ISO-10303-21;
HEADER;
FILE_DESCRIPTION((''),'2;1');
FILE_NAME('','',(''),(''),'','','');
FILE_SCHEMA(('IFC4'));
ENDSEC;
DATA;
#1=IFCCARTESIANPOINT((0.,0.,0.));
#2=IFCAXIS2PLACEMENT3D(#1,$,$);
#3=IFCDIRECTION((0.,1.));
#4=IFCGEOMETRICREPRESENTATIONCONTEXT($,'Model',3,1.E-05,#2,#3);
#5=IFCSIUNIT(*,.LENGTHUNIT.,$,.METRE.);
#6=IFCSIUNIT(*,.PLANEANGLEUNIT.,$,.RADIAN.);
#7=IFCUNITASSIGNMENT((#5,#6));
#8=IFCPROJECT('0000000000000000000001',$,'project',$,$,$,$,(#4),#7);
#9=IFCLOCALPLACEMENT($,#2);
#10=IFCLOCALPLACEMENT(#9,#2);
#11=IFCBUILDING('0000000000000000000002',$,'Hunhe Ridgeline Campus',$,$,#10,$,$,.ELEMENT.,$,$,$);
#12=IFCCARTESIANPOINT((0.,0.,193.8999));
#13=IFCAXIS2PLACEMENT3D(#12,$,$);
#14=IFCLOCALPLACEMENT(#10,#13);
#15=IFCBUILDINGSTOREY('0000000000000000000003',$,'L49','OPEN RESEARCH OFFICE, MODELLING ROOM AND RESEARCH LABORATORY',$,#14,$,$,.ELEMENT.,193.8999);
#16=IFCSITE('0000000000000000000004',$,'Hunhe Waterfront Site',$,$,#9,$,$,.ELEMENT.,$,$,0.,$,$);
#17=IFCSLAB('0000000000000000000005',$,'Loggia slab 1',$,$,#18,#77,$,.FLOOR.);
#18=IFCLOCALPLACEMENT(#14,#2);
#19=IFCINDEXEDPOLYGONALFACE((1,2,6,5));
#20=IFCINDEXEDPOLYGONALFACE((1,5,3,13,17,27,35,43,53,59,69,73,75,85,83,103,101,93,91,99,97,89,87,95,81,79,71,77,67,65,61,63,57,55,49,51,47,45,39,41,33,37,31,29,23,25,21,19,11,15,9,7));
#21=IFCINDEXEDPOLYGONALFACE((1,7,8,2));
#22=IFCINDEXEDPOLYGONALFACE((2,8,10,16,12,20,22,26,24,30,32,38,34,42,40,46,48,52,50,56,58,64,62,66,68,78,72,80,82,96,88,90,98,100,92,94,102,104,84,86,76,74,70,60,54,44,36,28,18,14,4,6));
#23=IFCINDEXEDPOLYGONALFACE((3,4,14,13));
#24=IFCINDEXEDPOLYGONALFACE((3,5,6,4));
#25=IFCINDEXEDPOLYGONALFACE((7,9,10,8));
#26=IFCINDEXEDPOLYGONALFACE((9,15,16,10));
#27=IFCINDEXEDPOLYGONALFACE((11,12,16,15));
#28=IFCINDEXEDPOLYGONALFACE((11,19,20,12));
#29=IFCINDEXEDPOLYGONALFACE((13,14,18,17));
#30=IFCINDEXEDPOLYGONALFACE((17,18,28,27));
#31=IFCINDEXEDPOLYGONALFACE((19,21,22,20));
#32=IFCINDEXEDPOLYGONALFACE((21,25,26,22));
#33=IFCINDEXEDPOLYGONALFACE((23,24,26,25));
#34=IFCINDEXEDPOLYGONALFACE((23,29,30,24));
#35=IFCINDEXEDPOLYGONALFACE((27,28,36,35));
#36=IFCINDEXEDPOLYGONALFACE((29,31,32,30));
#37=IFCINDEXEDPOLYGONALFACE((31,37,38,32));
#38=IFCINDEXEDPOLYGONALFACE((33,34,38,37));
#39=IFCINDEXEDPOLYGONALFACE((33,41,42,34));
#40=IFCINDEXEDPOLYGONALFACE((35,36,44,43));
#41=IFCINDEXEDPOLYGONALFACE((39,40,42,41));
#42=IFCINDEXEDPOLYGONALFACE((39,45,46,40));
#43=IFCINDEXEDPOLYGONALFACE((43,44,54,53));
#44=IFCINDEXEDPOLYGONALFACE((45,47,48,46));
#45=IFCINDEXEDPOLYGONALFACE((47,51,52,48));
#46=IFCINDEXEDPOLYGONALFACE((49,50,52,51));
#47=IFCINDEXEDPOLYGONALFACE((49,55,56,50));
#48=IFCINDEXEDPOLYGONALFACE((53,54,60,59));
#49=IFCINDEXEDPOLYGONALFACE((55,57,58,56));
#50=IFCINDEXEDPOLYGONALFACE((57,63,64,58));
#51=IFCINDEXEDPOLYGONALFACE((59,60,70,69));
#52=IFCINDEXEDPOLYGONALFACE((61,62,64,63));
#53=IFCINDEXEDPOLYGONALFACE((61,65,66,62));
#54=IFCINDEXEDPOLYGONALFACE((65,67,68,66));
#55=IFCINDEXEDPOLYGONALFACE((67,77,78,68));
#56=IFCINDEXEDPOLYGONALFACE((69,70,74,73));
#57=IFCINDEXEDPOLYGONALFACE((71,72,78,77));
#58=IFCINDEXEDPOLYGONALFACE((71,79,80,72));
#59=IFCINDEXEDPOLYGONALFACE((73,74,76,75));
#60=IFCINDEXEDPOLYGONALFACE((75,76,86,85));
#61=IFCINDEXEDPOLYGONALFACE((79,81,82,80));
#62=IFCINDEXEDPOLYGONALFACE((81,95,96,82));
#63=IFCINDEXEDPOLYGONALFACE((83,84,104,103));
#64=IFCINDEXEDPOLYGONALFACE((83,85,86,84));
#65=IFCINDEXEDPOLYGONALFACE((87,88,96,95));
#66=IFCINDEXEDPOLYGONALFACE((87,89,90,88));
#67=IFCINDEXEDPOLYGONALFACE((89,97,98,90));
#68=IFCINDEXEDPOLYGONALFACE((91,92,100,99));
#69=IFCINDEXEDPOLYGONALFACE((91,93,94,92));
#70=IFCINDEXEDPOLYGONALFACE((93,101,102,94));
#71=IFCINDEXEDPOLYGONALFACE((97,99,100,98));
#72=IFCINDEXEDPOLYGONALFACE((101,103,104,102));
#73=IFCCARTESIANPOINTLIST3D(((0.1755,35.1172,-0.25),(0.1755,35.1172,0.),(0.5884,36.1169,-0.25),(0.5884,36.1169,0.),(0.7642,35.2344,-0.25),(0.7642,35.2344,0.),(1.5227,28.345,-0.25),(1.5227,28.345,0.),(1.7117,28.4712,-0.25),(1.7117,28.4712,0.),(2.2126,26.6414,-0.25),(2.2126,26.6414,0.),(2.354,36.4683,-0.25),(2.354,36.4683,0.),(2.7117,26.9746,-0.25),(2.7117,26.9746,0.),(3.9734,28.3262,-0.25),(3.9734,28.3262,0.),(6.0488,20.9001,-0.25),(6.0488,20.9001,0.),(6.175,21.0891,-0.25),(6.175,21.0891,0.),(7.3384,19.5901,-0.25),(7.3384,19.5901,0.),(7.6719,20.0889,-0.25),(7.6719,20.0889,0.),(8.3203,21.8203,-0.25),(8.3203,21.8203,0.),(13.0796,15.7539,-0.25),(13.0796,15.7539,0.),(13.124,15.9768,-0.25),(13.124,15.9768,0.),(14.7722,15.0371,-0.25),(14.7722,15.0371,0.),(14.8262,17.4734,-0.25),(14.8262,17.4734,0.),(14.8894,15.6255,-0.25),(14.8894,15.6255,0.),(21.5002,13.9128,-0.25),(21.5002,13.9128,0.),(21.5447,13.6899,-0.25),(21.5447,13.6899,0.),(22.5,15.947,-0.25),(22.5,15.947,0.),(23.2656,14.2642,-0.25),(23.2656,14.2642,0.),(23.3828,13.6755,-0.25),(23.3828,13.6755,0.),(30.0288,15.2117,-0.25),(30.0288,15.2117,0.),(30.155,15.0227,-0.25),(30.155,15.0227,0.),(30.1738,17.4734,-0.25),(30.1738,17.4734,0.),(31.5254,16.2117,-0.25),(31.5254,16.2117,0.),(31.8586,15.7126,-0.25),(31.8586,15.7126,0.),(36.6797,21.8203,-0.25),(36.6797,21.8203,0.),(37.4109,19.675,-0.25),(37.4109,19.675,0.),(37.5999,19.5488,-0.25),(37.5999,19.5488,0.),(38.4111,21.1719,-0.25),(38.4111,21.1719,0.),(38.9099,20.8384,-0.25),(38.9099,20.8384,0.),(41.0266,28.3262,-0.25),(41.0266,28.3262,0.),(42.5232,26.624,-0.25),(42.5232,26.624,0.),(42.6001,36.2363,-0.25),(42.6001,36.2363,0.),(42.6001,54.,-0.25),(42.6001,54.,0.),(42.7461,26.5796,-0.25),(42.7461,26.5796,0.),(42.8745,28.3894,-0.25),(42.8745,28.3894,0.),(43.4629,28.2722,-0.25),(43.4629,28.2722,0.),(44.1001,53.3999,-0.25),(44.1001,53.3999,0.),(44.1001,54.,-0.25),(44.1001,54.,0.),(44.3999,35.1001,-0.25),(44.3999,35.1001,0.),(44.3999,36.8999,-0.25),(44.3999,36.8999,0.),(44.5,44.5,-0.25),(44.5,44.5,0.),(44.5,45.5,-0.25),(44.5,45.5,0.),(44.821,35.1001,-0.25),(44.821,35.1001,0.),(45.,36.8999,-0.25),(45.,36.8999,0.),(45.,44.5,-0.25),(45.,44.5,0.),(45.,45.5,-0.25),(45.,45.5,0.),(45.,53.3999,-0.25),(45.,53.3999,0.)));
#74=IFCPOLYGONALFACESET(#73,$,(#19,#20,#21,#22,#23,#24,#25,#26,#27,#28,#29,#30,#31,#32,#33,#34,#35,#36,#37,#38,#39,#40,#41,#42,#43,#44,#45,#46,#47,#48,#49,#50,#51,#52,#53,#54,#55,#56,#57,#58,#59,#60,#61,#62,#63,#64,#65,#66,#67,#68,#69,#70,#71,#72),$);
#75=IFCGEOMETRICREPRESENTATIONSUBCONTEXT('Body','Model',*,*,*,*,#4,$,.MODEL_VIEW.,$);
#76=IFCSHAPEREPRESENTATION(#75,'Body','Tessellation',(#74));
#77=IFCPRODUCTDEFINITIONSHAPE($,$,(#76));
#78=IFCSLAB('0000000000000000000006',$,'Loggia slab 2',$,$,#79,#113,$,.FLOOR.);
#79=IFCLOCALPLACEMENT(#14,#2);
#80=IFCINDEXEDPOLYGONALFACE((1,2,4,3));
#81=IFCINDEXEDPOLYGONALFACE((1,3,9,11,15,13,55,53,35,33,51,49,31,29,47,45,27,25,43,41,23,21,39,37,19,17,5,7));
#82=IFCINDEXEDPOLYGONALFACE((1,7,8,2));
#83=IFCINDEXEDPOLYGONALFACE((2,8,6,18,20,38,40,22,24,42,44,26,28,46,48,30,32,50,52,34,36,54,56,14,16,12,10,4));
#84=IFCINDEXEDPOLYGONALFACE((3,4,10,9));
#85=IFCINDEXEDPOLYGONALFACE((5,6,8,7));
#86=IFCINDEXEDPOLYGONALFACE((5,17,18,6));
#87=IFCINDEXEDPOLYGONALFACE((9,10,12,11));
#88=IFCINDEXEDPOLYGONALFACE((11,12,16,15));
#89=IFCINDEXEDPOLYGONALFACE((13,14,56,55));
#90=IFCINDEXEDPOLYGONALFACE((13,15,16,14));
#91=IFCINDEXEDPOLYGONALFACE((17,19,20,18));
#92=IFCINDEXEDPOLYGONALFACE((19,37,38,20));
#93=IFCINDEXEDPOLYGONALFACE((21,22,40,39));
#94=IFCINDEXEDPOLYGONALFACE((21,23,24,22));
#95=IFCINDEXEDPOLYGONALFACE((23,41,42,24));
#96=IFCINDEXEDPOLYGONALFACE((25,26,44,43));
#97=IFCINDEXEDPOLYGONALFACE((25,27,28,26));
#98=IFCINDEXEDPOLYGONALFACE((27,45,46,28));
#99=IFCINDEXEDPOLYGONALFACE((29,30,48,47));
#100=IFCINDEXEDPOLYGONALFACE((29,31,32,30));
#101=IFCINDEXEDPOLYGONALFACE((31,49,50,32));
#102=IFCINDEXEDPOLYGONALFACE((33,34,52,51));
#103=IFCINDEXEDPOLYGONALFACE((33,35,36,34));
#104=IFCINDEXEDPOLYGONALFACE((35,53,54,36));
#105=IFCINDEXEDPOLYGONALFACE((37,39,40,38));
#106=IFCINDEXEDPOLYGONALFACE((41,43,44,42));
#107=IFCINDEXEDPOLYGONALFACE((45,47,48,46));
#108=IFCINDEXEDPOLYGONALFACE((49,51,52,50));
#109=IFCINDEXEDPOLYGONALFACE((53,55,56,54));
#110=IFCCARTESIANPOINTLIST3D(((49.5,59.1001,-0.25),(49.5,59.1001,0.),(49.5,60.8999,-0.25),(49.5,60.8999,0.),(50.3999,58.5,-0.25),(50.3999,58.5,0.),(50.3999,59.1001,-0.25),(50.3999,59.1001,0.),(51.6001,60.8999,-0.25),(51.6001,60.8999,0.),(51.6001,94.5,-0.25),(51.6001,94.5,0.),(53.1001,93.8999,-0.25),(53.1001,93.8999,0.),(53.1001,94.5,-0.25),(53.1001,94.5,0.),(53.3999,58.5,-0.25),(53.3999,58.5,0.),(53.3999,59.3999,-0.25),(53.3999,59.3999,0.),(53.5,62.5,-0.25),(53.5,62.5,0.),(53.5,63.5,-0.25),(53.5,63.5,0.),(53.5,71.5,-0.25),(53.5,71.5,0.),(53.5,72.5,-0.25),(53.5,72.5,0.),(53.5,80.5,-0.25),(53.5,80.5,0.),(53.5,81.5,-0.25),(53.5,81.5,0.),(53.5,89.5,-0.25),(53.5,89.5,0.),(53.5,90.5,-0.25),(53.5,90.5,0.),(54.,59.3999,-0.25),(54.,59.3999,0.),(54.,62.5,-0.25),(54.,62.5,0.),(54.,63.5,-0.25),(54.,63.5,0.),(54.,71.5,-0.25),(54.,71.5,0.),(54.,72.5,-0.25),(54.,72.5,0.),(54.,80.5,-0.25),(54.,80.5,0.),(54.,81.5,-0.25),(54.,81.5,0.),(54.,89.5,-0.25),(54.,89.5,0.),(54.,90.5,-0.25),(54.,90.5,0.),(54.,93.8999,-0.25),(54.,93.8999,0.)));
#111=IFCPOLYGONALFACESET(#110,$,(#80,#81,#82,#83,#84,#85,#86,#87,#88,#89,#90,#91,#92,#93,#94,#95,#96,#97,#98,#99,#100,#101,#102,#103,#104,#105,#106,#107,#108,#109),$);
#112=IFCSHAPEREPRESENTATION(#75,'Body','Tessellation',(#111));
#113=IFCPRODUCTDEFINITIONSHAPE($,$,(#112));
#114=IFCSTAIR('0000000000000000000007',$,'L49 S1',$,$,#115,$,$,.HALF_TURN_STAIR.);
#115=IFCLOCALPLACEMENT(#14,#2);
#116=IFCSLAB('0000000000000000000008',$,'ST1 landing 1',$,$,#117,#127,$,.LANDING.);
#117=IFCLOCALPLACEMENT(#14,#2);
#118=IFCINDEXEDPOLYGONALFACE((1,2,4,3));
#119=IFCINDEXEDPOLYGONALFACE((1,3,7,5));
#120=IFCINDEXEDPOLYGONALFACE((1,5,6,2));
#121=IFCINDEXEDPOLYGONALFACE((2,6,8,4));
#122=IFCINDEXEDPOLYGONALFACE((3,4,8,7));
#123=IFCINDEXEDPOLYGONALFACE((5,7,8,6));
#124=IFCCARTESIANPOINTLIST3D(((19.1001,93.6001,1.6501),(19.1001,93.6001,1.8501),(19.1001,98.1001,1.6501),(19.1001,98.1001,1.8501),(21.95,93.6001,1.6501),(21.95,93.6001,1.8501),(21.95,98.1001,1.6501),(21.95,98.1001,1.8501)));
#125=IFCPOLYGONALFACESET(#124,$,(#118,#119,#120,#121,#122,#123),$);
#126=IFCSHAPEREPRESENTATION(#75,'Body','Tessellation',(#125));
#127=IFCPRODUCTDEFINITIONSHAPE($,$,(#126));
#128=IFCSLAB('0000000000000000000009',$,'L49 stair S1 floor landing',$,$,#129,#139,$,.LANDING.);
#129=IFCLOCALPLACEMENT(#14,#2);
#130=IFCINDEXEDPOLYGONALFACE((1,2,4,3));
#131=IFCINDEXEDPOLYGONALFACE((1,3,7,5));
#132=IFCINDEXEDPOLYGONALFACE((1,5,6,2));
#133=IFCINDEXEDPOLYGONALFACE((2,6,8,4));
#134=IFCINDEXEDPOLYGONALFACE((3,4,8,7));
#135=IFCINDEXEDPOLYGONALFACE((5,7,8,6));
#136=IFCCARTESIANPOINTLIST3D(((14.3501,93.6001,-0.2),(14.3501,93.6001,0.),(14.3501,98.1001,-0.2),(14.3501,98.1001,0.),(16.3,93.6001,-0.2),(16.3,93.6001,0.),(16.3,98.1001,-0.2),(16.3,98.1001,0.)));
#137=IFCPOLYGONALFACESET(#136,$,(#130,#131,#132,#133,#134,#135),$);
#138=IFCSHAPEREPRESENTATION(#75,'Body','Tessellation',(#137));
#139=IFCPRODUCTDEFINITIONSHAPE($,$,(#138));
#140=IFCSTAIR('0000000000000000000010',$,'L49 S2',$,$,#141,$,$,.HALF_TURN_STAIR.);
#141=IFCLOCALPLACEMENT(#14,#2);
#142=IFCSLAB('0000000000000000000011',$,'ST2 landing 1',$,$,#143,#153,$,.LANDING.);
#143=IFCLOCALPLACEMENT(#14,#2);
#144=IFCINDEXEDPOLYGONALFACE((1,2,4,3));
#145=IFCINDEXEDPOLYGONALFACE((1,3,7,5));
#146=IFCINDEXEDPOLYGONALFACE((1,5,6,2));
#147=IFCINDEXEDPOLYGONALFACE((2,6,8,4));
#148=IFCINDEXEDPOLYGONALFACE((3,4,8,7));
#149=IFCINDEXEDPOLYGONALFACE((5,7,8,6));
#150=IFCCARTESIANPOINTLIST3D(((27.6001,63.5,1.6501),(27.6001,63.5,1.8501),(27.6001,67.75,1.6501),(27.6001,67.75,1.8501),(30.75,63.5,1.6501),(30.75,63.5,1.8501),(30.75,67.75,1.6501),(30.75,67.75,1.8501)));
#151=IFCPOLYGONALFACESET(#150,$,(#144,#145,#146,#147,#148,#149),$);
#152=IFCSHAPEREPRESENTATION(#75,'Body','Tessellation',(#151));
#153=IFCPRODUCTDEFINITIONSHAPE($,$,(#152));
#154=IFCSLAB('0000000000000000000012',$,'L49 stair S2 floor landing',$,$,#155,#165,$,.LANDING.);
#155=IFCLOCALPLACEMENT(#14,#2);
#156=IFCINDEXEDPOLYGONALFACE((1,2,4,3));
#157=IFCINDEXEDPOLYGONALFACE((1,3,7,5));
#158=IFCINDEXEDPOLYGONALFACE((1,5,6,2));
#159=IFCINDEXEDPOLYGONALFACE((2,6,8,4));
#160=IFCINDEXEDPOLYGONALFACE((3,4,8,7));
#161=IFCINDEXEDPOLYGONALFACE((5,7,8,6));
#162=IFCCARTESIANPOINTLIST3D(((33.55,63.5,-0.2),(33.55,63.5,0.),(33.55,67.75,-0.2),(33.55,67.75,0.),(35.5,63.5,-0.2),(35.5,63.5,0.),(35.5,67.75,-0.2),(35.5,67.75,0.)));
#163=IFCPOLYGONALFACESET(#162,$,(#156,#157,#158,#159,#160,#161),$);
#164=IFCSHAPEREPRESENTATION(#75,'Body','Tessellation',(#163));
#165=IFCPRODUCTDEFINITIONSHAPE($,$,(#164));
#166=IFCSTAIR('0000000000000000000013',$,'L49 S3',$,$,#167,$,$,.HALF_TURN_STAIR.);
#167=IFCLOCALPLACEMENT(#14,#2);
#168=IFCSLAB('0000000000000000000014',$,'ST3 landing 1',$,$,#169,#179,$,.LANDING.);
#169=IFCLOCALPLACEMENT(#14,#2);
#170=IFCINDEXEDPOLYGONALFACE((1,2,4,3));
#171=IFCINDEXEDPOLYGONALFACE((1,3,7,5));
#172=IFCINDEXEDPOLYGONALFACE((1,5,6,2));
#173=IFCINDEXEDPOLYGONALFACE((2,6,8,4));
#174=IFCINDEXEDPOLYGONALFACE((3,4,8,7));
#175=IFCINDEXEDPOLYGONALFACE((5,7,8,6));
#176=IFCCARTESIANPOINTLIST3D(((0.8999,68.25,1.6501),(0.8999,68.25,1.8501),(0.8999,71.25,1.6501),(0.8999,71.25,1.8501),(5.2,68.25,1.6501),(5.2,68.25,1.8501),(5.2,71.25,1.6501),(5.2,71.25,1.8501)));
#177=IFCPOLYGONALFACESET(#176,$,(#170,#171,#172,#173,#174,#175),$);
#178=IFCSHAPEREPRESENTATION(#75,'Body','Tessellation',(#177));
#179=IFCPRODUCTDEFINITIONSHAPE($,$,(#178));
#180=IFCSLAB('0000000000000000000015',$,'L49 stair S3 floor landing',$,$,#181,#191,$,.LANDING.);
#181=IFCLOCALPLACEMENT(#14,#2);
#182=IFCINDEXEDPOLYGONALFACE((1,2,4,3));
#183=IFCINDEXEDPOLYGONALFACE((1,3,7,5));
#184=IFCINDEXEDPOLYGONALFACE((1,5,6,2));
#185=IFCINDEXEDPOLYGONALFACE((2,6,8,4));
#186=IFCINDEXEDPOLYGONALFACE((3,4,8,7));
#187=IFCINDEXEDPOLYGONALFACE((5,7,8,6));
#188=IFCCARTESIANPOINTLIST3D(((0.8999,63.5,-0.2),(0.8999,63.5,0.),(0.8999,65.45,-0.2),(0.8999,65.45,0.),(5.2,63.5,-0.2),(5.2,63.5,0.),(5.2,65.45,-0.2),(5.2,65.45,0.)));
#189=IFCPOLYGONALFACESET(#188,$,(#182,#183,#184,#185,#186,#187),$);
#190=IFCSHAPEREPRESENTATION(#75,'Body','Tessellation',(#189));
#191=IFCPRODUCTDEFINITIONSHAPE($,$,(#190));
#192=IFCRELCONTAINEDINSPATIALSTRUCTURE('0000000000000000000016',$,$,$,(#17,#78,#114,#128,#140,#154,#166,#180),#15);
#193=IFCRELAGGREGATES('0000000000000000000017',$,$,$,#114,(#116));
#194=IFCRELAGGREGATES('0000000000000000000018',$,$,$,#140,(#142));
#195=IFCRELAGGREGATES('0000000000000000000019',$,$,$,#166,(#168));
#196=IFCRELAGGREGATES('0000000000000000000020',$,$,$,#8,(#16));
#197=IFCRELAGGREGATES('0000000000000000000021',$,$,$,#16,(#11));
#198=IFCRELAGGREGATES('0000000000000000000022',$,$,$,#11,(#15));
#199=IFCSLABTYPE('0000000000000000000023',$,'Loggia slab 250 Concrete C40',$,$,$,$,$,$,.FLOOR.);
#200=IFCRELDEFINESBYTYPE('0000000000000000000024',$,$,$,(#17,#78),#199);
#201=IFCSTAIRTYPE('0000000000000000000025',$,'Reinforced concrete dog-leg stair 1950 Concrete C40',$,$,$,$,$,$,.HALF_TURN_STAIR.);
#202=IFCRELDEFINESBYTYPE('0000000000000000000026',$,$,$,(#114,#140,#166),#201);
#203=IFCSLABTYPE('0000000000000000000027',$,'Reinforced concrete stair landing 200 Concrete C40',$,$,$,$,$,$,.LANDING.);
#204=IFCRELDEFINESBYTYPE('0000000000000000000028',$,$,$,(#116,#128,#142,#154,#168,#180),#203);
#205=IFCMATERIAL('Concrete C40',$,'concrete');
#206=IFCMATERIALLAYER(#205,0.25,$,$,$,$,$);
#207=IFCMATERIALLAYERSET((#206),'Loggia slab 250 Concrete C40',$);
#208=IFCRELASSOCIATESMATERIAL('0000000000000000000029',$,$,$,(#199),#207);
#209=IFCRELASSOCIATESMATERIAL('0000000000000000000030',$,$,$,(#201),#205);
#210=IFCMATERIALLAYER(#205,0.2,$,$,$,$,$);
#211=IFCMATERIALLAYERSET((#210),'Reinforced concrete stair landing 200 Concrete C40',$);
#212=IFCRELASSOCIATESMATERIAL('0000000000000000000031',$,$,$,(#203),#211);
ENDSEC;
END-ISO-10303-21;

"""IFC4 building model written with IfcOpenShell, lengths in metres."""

from ifc_helpers import new_model, si_unit, direction, frame, origin, place, context, subcontext, project, spatial, polyline, outline, extrude, material, layer, layer_set, type_object, element, aggregate, save


model = new_model("IFC4")

# Units and contexts
model_context = context("Model", 3, precision=1e-05, world=origin(), true_north=direction((0.0, 1.0)))
body_context = subcontext(model_context, "Body", "Model", "MODEL_VIEW")
ifc_project = project(units=[si_unit("LENGTHUNIT", "METRE"), si_unit("PLANEANGLEUNIT", "RADIAN")], contexts=[model_context])

# Site, building, storey
site_placement = place(None, origin())
site = spatial("IfcSite", under=ifc_project, at=site_placement, Name="Hunhe Waterfront Site", CompositionType="ELEMENT", RefElevation=0.0)
building_placement = place(site_placement, origin())
building = spatial("IfcBuilding", under=site, at=building_placement, Name="Hunhe Ridgeline Campus", CompositionType="ELEMENT")
storey_placement = place(building_placement, frame((0.0, 0.0, 193.8999)))
storey = spatial("IfcBuildingStorey", under=building, at=storey_placement, Name="L49", Description="OPEN RESEARCH OFFICE, MODELLING ROOM AND RESEARCH LABORATORY", CompositionType="ELEMENT", Elevation=193.8999)

# Slabs
ifc_material_1 = material(Name="Concrete C40", Category="concrete")
ifc_layer_1 = layer(ifc_material_1, 0.25)
ifc_layer_set_1 = layer_set([ifc_layer_1], Name="Loggia slab 250 Concrete C40")
slab_type_1 = type_object("IfcSlabType", Name="Loggia slab 250 Concrete C40", PredefinedType="FLOOR", material=ifc_layer_set_1)
slab_1_placement = place(storey_placement, frame((0.0, 0.0, -0.25)))
element("IfcSlab", 1, at=slab_1_placement, inside=storey, type_object=slab_type_1, Name="Loggia slab 1", PredefinedType="FLOOR", context=body_context, shape_type="SweptSolid", body=[
    extrude(outline(polyline([(30.1738, 17.4734), (22.5, 15.947), (14.8262, 17.4734), (8.3203, 21.8203), (3.9734, 28.3262), (2.354, 36.4683), (0.5884, 36.1169), (0.7642, 35.2344), (0.1755, 35.1172), (1.5227, 28.345), (1.7117, 28.4712), (2.7117, 26.9746), (2.2126, 26.6414), (6.0488, 20.9001), (6.175, 21.0891), (7.6719, 20.0889), (7.3384, 19.5901), (13.0796, 15.7539), (13.124, 15.9768), (14.8894, 15.6255), (14.7722, 15.0371), (21.5447, 13.6899), (21.5002, 13.9128), (23.2656, 14.2642), (23.3828, 13.6755), (30.155, 15.0227), (30.0288, 15.2117), (31.5254, 16.2117), (31.8586, 15.7126), (37.5999, 19.5488), (37.4109, 19.675), (38.4111, 21.1719), (38.9099, 20.8384), (42.7461, 26.5796), (42.5232, 26.624), (42.8745, 28.3894), (43.4629, 28.2722), (44.821, 35.1001), (44.3999, 35.1001), (44.3999, 36.8999), (45.0, 36.8999), (45.0, 44.5), (44.5, 44.5), (44.5, 45.5), (45.0, 45.5), (45.0, 53.3999), (44.1001, 53.3999), (44.1001, 54.0), (42.6001, 54.0), (42.6001, 36.2363), (41.0266, 28.3262), (36.6797, 21.8203), (30.1738, 17.4734)])), origin(), (0.0, 0.0, 1.0), 0.25),
])
slab_2_placement = place(storey_placement, frame((0.0, 0.0, -0.25)))
element("IfcSlab", 2, at=slab_2_placement, inside=storey, type_object=slab_type_1, Name="Loggia slab 2", PredefinedType="FLOOR", context=body_context, shape_type="SweptSolid", body=[
    extrude(outline(polyline([(49.5, 59.1001), (50.3999, 59.1001), (50.3999, 58.5), (53.3999, 58.5), (53.3999, 59.3999), (54.0, 59.3999), (54.0, 62.5), (53.5, 62.5), (53.5, 63.5), (54.0, 63.5), (54.0, 71.5), (53.5, 71.5), (53.5, 72.5), (54.0, 72.5), (54.0, 80.5), (53.5, 80.5), (53.5, 81.5), (54.0, 81.5), (54.0, 89.5), (53.5, 89.5), (53.5, 90.5), (54.0, 90.5), (54.0, 93.8999), (53.1001, 93.8999), (53.1001, 94.5), (51.6001, 94.5), (51.6001, 60.8999), (49.5, 60.8999), (49.5, 59.1001)])), origin(), (0.0, 0.0, 1.0), 0.25),
])

# Stair, slab
stair_type = type_object("IfcStairType", Name="Reinforced concrete dog-leg stair 1950 Concrete C40", PredefinedType="HALF_TURN_STAIR", material=ifc_material_1)
stair_1_placement = place(storey_placement, origin())
stair_1 = element("IfcStair", 3, at=stair_1_placement, inside=storey, type_object=stair_type, Name="L49 S1", PredefinedType="HALF_TURN_STAIR")
ifc_layer_2 = layer(ifc_material_1, 0.2)
ifc_layer_set_2 = layer_set([ifc_layer_2], Name="Reinforced concrete stair landing 200 Concrete C40")
slab_type_2 = type_object("IfcSlabType", Name="Reinforced concrete stair landing 200 Concrete C40", PredefinedType="LANDING", material=ifc_layer_set_2)
slab_3_placement = place(storey_placement, frame((0.0, 0.0, 1.6501)))
slab_3 = element("IfcSlab", 4, at=slab_3_placement, type_object=slab_type_2, Name="ST1 landing 1", PredefinedType="LANDING", context=body_context, shape_type="SweptSolid", body=[
    extrude(outline(polyline([(19.1001, 93.6001), (21.95, 93.6001), (21.95, 98.1001), (19.1001, 98.1001), (19.1001, 93.6001)])), origin(), (0.0, 0.0, 1.0), 0.2),
])
aggregate(stair_1, [slab_3])

# Slab
slab_4_placement = place(storey_placement, frame((0.0, 0.0, -0.2)))
element("IfcSlab", 5, at=slab_4_placement, inside=storey, type_object=slab_type_2, Name="L49 stair S1 floor landing", PredefinedType="LANDING", context=body_context, shape_type="SweptSolid", body=[
    extrude(outline(polyline([(14.3501, 93.6001), (16.3, 93.6001), (16.3, 98.1001), (14.3501, 98.1001), (14.3501, 93.6001)])), origin(), (0.0, 0.0, 1.0), 0.2),
])

# Stair, slab
stair_2_placement = place(storey_placement, origin())
stair_2 = element("IfcStair", 6, at=stair_2_placement, inside=storey, type_object=stair_type, Name="L49 S2", PredefinedType="HALF_TURN_STAIR")
slab_5_placement = place(storey_placement, frame((0.0, 0.0, 1.6501)))
slab_5 = element("IfcSlab", 7, at=slab_5_placement, type_object=slab_type_2, Name="ST2 landing 1", PredefinedType="LANDING", context=body_context, shape_type="SweptSolid", body=[
    extrude(outline(polyline([(30.75, 67.75), (27.6001, 67.75), (27.6001, 63.5), (30.75, 63.5), (30.75, 67.75)])), origin(), (0.0, 0.0, 1.0), 0.2),
])
aggregate(stair_2, [slab_5])

# Slab
slab_6_placement = place(storey_placement, frame((0.0, 0.0, -0.2)))
element("IfcSlab", 8, at=slab_6_placement, inside=storey, type_object=slab_type_2, Name="L49 stair S2 floor landing", PredefinedType="LANDING", context=body_context, shape_type="SweptSolid", body=[
    extrude(outline(polyline([(35.5, 67.75), (33.55, 67.75), (33.55, 63.5), (35.5, 63.5), (35.5, 67.75)])), origin(), (0.0, 0.0, 1.0), 0.2),
])

# Stair, slab
stair_3_placement = place(storey_placement, origin())
stair_3 = element("IfcStair", 9, at=stair_3_placement, inside=storey, type_object=stair_type, Name="L49 S3", PredefinedType="HALF_TURN_STAIR")
slab_7_placement = place(storey_placement, frame((0.0, 0.0, 1.6501)))
slab_7 = element("IfcSlab", 10, at=slab_7_placement, type_object=slab_type_2, Name="ST3 landing 1", PredefinedType="LANDING", context=body_context, shape_type="SweptSolid", body=[
    extrude(outline(polyline([(5.2, 68.25), (5.2, 71.25), (0.8999, 71.25), (0.8999, 68.25), (5.2, 68.25)])), origin(), (0.0, 0.0, 1.0), 0.2),
])
aggregate(stair_3, [slab_7])

# Slab
slab_8_placement = place(storey_placement, frame((0.0, 0.0, -0.2)))
element("IfcSlab", 11, at=slab_8_placement, inside=storey, type_object=slab_type_2, Name="L49 stair S3 floor landing", PredefinedType="LANDING", context=body_context, shape_type="SweptSolid", body=[
    extrude(outline(polyline([(5.2, 63.5), (5.2, 65.45), (0.8999, 65.45), (0.8999, 63.5), (5.2, 63.5)])), origin(), (0.0, 0.0, 1.0), 0.2),
])

save(model, "model.ifc")
